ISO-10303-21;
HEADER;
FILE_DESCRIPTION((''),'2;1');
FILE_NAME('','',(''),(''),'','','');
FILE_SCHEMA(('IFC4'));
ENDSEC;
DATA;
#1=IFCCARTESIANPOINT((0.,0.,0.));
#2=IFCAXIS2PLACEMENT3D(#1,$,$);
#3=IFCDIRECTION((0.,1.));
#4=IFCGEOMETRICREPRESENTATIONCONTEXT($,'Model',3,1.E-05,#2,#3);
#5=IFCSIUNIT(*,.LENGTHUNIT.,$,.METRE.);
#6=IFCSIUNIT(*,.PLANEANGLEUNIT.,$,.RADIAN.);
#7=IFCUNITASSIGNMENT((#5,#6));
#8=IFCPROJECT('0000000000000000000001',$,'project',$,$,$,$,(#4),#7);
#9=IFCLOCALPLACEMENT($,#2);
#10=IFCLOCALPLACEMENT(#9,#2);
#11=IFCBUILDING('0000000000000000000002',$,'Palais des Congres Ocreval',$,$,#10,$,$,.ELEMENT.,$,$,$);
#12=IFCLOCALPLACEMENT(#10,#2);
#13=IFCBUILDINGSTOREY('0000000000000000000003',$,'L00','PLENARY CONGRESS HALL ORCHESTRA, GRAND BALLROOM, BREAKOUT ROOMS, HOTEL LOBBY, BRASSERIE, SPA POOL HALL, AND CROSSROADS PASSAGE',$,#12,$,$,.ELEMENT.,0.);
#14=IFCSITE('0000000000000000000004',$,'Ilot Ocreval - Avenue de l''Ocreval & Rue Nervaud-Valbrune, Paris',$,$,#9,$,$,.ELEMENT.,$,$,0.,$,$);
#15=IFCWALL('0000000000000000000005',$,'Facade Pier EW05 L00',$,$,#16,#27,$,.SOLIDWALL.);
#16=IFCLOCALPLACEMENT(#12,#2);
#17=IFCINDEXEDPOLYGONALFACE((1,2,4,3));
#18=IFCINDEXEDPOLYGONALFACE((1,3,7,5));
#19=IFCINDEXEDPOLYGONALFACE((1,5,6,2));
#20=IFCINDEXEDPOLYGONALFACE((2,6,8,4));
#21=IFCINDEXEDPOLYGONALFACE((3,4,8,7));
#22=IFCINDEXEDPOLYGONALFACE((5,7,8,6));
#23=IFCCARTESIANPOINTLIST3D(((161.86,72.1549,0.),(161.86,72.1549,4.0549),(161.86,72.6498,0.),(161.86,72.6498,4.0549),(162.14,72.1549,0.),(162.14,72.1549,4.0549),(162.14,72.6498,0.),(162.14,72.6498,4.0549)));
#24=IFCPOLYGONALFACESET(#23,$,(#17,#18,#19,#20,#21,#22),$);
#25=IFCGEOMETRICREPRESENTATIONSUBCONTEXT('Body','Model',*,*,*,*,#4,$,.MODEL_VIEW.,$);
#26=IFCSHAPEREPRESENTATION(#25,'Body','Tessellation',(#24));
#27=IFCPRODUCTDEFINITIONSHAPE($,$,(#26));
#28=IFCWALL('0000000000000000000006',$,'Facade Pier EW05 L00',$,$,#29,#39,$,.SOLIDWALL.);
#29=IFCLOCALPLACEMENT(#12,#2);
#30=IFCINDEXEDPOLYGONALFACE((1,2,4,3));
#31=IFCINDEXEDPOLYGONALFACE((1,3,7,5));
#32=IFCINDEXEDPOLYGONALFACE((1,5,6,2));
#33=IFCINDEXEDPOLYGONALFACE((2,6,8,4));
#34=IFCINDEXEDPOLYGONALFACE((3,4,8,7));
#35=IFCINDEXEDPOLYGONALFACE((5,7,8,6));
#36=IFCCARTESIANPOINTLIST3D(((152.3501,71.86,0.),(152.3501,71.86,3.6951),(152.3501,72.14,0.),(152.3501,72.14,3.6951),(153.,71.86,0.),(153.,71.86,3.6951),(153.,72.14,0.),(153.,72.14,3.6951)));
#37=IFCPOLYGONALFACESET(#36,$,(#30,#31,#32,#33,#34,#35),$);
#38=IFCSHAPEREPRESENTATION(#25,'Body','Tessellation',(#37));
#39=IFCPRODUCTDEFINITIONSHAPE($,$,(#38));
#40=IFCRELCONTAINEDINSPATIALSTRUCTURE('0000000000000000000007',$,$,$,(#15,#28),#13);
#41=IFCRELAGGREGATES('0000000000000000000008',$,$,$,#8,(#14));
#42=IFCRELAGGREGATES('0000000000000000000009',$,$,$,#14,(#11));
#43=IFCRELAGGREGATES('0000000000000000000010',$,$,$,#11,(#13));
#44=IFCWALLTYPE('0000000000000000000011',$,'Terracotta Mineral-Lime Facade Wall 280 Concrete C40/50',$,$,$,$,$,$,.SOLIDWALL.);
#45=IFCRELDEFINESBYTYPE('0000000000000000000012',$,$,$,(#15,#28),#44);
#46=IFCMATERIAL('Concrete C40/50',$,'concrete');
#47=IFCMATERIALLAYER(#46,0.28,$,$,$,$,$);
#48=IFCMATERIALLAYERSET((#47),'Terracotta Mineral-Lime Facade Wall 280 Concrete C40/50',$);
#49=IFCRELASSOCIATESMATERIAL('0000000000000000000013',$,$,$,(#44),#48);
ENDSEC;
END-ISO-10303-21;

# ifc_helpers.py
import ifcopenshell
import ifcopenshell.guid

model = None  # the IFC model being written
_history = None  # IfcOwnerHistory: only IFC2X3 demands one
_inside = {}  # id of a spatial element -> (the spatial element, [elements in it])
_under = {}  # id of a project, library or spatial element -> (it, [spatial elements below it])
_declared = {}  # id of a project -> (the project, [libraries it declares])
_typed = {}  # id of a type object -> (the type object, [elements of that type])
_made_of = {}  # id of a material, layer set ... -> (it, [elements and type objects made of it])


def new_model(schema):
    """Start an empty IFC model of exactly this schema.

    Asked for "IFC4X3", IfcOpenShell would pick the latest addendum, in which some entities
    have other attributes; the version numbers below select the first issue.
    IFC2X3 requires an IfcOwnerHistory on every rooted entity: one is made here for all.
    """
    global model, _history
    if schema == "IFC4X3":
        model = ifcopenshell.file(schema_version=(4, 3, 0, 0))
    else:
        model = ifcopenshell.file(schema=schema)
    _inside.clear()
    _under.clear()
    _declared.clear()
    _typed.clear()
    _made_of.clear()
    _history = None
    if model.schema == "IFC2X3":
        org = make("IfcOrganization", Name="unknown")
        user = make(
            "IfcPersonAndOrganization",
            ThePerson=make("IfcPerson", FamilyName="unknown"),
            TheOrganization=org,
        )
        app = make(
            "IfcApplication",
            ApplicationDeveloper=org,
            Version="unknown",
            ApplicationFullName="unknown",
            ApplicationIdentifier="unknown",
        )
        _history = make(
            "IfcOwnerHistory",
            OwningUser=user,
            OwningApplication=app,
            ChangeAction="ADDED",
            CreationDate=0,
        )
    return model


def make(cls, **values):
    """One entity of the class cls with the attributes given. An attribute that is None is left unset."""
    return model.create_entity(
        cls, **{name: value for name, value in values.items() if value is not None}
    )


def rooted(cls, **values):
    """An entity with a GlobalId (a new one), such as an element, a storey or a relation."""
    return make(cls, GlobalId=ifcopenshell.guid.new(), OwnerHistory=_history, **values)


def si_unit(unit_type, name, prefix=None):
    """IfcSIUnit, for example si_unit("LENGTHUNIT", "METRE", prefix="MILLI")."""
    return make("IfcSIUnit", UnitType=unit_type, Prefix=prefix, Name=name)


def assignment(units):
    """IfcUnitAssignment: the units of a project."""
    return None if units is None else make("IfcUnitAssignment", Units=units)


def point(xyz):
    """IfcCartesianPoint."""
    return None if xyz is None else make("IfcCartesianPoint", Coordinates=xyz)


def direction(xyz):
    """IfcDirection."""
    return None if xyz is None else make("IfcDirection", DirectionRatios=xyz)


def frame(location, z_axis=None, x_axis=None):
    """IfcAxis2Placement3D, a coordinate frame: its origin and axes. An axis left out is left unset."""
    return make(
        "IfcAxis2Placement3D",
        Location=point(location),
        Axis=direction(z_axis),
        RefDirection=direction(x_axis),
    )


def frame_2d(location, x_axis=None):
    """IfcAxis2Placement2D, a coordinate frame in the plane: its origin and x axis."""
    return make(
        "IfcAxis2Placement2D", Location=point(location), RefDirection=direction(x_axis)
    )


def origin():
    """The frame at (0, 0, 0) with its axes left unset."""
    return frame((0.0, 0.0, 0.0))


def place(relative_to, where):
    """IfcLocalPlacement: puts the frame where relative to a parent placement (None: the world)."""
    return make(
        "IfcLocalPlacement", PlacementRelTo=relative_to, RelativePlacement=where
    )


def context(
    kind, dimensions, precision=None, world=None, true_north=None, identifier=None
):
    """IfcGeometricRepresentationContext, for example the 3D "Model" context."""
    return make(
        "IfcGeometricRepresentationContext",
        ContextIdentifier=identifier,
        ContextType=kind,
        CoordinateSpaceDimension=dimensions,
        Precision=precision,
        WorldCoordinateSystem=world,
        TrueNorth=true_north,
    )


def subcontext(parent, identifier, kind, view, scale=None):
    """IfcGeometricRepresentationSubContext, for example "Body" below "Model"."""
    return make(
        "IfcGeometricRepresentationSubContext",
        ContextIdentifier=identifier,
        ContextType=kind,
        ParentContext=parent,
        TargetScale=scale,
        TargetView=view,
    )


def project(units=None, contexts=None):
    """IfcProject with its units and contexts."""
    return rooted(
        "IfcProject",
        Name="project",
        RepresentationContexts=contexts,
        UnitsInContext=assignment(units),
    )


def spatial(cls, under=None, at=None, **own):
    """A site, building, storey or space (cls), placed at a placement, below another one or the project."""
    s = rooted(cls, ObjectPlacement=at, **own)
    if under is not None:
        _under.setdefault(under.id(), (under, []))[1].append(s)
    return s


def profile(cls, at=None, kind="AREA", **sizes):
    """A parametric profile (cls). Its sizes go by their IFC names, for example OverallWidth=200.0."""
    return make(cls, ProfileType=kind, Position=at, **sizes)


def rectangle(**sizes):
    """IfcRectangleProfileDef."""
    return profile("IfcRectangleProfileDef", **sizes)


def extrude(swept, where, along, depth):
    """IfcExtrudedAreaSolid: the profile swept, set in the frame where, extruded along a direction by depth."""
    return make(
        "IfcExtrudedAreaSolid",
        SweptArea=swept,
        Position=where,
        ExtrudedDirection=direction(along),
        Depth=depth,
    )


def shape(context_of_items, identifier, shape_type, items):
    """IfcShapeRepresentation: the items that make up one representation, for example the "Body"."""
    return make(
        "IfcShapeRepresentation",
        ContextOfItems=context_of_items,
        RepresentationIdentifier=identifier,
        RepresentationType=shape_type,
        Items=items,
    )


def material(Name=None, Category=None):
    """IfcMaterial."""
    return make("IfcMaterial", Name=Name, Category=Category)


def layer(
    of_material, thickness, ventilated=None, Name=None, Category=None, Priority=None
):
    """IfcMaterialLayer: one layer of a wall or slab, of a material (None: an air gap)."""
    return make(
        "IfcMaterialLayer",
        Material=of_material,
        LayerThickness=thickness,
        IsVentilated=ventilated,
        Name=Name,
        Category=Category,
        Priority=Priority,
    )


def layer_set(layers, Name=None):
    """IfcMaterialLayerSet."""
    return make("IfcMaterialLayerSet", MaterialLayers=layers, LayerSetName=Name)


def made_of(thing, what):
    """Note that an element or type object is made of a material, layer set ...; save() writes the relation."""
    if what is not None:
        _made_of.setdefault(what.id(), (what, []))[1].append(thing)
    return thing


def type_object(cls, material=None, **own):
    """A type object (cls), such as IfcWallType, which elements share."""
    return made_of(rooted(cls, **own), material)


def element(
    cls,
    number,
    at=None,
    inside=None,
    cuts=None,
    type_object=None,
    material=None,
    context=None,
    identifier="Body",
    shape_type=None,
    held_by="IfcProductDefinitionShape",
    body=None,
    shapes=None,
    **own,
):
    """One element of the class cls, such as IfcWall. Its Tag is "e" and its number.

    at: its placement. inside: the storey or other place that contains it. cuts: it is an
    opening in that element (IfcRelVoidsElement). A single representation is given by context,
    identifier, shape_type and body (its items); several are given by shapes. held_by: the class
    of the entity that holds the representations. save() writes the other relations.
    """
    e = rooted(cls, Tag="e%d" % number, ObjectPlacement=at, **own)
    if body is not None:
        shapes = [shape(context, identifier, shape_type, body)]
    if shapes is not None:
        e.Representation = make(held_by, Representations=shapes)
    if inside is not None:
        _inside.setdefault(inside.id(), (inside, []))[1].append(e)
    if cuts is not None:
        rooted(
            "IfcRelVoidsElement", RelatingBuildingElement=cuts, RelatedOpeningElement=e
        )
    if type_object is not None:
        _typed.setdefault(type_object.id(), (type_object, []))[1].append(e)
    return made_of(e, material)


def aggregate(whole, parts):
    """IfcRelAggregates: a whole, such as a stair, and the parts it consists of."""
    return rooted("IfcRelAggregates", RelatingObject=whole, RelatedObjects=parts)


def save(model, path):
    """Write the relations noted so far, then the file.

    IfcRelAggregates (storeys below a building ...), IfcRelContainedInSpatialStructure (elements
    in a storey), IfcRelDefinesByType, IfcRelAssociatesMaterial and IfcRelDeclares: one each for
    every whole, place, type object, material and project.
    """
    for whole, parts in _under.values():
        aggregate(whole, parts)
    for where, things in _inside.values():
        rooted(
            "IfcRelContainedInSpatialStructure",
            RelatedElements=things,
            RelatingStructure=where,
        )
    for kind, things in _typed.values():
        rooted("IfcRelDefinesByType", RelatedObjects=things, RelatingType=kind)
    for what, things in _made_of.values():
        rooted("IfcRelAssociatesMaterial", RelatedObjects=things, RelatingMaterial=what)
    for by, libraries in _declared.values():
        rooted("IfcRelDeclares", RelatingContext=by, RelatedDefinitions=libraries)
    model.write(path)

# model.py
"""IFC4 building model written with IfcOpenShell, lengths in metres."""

from ifc_helpers import new_model, si_unit, direction, frame, frame_2d, origin, place, context, subcontext, project, spatial, rectangle, extrude, material, layer, layer_set, type_object, element, save


model = new_model("IFC4")

# Units and contexts
model_context = context("Model", 3, precision=1e-05, world=origin(), true_north=direction((0.0, 1.0)))
body_context = subcontext(model_context, "Body", "Model", "MODEL_VIEW")
ifc_project = project(units=[si_unit("LENGTHUNIT", "METRE"), si_unit("PLANEANGLEUNIT", "RADIAN")], contexts=[model_context])

# Site, building, storey
site_placement = place(None, origin())
site = spatial("IfcSite", under=ifc_project, at=site_placement, Name="Ilot Ocreval - Avenue de l'Ocreval & Rue Nervaud-Valbrune, Paris", CompositionType="ELEMENT", RefElevation=0.0)
building_placement = place(site_placement, origin())
building = spatial("IfcBuilding", under=site, at=building_placement, Name="Palais des Congres Ocreval", CompositionType="ELEMENT")
storey_placement = place(building_placement, origin())
storey = spatial("IfcBuildingStorey", under=building, at=storey_placement, Name="L00", Description="PLENARY CONGRESS HALL ORCHESTRA, GRAND BALLROOM, BREAKOUT ROOMS, HOTEL LOBBY, BRASSERIE, SPA POOL HALL, AND CROSSROADS PASSAGE", CompositionType="ELEMENT", Elevation=0.0)

# Shared definitions
ifc_material_1 = material(Name="Concrete C40/50", Category="concrete")

# Walls
ifc_layer_1 = layer(ifc_material_1, 0.28)
ifc_layer_set_1 = layer_set([ifc_layer_1], Name="Terracotta Mineral-Lime Facade Wall 280 Concrete C40/50")
wall_type_1 = type_object("IfcWallType", Name="Terracotta Mineral-Lime Facade Wall 280 Concrete C40/50", PredefinedType="SOLIDWALL", material=ifc_layer_set_1)
wall_1_placement = place(storey_placement, frame((162.0, 72.6499, 0.0), z_axis=(0.0, 0.0, 1.0), x_axis=(0.0, -1.0, 0.0)))
element("IfcWall", 1, at=wall_1_placement, inside=storey, type_object=wall_type_1, Name="Facade Pier EW05 L00", PredefinedType="SOLIDWALL", context=body_context, shape_type="SweptSolid", body=[
    extrude(rectangle(XDim=0.4949, YDim=0.28, at=frame_2d((0.2476, 0.0))), origin(), (0.0, 0.0, 1.0), 4.0549),
])
wall_2_placement = place(storey_placement, frame((153.0, 72.0, 0.0), z_axis=(0.0, 0.0, 1.0), x_axis=(-1.0, 0.0, 0.0)))
element("IfcWall", 2, at=wall_2_placement, inside=storey, type_object=wall_type_1, Name="Facade Pier EW05 L00", PredefinedType="SOLIDWALL", context=body_context, shape_type="SweptSolid", body=[
    extrude(rectangle(XDim=0.6499, YDim=0.28, at=frame_2d((0.325, 0.0))), origin(), (0.0, 0.0, 1.0), 3.6951),
])

save(model, "model.ifc")
